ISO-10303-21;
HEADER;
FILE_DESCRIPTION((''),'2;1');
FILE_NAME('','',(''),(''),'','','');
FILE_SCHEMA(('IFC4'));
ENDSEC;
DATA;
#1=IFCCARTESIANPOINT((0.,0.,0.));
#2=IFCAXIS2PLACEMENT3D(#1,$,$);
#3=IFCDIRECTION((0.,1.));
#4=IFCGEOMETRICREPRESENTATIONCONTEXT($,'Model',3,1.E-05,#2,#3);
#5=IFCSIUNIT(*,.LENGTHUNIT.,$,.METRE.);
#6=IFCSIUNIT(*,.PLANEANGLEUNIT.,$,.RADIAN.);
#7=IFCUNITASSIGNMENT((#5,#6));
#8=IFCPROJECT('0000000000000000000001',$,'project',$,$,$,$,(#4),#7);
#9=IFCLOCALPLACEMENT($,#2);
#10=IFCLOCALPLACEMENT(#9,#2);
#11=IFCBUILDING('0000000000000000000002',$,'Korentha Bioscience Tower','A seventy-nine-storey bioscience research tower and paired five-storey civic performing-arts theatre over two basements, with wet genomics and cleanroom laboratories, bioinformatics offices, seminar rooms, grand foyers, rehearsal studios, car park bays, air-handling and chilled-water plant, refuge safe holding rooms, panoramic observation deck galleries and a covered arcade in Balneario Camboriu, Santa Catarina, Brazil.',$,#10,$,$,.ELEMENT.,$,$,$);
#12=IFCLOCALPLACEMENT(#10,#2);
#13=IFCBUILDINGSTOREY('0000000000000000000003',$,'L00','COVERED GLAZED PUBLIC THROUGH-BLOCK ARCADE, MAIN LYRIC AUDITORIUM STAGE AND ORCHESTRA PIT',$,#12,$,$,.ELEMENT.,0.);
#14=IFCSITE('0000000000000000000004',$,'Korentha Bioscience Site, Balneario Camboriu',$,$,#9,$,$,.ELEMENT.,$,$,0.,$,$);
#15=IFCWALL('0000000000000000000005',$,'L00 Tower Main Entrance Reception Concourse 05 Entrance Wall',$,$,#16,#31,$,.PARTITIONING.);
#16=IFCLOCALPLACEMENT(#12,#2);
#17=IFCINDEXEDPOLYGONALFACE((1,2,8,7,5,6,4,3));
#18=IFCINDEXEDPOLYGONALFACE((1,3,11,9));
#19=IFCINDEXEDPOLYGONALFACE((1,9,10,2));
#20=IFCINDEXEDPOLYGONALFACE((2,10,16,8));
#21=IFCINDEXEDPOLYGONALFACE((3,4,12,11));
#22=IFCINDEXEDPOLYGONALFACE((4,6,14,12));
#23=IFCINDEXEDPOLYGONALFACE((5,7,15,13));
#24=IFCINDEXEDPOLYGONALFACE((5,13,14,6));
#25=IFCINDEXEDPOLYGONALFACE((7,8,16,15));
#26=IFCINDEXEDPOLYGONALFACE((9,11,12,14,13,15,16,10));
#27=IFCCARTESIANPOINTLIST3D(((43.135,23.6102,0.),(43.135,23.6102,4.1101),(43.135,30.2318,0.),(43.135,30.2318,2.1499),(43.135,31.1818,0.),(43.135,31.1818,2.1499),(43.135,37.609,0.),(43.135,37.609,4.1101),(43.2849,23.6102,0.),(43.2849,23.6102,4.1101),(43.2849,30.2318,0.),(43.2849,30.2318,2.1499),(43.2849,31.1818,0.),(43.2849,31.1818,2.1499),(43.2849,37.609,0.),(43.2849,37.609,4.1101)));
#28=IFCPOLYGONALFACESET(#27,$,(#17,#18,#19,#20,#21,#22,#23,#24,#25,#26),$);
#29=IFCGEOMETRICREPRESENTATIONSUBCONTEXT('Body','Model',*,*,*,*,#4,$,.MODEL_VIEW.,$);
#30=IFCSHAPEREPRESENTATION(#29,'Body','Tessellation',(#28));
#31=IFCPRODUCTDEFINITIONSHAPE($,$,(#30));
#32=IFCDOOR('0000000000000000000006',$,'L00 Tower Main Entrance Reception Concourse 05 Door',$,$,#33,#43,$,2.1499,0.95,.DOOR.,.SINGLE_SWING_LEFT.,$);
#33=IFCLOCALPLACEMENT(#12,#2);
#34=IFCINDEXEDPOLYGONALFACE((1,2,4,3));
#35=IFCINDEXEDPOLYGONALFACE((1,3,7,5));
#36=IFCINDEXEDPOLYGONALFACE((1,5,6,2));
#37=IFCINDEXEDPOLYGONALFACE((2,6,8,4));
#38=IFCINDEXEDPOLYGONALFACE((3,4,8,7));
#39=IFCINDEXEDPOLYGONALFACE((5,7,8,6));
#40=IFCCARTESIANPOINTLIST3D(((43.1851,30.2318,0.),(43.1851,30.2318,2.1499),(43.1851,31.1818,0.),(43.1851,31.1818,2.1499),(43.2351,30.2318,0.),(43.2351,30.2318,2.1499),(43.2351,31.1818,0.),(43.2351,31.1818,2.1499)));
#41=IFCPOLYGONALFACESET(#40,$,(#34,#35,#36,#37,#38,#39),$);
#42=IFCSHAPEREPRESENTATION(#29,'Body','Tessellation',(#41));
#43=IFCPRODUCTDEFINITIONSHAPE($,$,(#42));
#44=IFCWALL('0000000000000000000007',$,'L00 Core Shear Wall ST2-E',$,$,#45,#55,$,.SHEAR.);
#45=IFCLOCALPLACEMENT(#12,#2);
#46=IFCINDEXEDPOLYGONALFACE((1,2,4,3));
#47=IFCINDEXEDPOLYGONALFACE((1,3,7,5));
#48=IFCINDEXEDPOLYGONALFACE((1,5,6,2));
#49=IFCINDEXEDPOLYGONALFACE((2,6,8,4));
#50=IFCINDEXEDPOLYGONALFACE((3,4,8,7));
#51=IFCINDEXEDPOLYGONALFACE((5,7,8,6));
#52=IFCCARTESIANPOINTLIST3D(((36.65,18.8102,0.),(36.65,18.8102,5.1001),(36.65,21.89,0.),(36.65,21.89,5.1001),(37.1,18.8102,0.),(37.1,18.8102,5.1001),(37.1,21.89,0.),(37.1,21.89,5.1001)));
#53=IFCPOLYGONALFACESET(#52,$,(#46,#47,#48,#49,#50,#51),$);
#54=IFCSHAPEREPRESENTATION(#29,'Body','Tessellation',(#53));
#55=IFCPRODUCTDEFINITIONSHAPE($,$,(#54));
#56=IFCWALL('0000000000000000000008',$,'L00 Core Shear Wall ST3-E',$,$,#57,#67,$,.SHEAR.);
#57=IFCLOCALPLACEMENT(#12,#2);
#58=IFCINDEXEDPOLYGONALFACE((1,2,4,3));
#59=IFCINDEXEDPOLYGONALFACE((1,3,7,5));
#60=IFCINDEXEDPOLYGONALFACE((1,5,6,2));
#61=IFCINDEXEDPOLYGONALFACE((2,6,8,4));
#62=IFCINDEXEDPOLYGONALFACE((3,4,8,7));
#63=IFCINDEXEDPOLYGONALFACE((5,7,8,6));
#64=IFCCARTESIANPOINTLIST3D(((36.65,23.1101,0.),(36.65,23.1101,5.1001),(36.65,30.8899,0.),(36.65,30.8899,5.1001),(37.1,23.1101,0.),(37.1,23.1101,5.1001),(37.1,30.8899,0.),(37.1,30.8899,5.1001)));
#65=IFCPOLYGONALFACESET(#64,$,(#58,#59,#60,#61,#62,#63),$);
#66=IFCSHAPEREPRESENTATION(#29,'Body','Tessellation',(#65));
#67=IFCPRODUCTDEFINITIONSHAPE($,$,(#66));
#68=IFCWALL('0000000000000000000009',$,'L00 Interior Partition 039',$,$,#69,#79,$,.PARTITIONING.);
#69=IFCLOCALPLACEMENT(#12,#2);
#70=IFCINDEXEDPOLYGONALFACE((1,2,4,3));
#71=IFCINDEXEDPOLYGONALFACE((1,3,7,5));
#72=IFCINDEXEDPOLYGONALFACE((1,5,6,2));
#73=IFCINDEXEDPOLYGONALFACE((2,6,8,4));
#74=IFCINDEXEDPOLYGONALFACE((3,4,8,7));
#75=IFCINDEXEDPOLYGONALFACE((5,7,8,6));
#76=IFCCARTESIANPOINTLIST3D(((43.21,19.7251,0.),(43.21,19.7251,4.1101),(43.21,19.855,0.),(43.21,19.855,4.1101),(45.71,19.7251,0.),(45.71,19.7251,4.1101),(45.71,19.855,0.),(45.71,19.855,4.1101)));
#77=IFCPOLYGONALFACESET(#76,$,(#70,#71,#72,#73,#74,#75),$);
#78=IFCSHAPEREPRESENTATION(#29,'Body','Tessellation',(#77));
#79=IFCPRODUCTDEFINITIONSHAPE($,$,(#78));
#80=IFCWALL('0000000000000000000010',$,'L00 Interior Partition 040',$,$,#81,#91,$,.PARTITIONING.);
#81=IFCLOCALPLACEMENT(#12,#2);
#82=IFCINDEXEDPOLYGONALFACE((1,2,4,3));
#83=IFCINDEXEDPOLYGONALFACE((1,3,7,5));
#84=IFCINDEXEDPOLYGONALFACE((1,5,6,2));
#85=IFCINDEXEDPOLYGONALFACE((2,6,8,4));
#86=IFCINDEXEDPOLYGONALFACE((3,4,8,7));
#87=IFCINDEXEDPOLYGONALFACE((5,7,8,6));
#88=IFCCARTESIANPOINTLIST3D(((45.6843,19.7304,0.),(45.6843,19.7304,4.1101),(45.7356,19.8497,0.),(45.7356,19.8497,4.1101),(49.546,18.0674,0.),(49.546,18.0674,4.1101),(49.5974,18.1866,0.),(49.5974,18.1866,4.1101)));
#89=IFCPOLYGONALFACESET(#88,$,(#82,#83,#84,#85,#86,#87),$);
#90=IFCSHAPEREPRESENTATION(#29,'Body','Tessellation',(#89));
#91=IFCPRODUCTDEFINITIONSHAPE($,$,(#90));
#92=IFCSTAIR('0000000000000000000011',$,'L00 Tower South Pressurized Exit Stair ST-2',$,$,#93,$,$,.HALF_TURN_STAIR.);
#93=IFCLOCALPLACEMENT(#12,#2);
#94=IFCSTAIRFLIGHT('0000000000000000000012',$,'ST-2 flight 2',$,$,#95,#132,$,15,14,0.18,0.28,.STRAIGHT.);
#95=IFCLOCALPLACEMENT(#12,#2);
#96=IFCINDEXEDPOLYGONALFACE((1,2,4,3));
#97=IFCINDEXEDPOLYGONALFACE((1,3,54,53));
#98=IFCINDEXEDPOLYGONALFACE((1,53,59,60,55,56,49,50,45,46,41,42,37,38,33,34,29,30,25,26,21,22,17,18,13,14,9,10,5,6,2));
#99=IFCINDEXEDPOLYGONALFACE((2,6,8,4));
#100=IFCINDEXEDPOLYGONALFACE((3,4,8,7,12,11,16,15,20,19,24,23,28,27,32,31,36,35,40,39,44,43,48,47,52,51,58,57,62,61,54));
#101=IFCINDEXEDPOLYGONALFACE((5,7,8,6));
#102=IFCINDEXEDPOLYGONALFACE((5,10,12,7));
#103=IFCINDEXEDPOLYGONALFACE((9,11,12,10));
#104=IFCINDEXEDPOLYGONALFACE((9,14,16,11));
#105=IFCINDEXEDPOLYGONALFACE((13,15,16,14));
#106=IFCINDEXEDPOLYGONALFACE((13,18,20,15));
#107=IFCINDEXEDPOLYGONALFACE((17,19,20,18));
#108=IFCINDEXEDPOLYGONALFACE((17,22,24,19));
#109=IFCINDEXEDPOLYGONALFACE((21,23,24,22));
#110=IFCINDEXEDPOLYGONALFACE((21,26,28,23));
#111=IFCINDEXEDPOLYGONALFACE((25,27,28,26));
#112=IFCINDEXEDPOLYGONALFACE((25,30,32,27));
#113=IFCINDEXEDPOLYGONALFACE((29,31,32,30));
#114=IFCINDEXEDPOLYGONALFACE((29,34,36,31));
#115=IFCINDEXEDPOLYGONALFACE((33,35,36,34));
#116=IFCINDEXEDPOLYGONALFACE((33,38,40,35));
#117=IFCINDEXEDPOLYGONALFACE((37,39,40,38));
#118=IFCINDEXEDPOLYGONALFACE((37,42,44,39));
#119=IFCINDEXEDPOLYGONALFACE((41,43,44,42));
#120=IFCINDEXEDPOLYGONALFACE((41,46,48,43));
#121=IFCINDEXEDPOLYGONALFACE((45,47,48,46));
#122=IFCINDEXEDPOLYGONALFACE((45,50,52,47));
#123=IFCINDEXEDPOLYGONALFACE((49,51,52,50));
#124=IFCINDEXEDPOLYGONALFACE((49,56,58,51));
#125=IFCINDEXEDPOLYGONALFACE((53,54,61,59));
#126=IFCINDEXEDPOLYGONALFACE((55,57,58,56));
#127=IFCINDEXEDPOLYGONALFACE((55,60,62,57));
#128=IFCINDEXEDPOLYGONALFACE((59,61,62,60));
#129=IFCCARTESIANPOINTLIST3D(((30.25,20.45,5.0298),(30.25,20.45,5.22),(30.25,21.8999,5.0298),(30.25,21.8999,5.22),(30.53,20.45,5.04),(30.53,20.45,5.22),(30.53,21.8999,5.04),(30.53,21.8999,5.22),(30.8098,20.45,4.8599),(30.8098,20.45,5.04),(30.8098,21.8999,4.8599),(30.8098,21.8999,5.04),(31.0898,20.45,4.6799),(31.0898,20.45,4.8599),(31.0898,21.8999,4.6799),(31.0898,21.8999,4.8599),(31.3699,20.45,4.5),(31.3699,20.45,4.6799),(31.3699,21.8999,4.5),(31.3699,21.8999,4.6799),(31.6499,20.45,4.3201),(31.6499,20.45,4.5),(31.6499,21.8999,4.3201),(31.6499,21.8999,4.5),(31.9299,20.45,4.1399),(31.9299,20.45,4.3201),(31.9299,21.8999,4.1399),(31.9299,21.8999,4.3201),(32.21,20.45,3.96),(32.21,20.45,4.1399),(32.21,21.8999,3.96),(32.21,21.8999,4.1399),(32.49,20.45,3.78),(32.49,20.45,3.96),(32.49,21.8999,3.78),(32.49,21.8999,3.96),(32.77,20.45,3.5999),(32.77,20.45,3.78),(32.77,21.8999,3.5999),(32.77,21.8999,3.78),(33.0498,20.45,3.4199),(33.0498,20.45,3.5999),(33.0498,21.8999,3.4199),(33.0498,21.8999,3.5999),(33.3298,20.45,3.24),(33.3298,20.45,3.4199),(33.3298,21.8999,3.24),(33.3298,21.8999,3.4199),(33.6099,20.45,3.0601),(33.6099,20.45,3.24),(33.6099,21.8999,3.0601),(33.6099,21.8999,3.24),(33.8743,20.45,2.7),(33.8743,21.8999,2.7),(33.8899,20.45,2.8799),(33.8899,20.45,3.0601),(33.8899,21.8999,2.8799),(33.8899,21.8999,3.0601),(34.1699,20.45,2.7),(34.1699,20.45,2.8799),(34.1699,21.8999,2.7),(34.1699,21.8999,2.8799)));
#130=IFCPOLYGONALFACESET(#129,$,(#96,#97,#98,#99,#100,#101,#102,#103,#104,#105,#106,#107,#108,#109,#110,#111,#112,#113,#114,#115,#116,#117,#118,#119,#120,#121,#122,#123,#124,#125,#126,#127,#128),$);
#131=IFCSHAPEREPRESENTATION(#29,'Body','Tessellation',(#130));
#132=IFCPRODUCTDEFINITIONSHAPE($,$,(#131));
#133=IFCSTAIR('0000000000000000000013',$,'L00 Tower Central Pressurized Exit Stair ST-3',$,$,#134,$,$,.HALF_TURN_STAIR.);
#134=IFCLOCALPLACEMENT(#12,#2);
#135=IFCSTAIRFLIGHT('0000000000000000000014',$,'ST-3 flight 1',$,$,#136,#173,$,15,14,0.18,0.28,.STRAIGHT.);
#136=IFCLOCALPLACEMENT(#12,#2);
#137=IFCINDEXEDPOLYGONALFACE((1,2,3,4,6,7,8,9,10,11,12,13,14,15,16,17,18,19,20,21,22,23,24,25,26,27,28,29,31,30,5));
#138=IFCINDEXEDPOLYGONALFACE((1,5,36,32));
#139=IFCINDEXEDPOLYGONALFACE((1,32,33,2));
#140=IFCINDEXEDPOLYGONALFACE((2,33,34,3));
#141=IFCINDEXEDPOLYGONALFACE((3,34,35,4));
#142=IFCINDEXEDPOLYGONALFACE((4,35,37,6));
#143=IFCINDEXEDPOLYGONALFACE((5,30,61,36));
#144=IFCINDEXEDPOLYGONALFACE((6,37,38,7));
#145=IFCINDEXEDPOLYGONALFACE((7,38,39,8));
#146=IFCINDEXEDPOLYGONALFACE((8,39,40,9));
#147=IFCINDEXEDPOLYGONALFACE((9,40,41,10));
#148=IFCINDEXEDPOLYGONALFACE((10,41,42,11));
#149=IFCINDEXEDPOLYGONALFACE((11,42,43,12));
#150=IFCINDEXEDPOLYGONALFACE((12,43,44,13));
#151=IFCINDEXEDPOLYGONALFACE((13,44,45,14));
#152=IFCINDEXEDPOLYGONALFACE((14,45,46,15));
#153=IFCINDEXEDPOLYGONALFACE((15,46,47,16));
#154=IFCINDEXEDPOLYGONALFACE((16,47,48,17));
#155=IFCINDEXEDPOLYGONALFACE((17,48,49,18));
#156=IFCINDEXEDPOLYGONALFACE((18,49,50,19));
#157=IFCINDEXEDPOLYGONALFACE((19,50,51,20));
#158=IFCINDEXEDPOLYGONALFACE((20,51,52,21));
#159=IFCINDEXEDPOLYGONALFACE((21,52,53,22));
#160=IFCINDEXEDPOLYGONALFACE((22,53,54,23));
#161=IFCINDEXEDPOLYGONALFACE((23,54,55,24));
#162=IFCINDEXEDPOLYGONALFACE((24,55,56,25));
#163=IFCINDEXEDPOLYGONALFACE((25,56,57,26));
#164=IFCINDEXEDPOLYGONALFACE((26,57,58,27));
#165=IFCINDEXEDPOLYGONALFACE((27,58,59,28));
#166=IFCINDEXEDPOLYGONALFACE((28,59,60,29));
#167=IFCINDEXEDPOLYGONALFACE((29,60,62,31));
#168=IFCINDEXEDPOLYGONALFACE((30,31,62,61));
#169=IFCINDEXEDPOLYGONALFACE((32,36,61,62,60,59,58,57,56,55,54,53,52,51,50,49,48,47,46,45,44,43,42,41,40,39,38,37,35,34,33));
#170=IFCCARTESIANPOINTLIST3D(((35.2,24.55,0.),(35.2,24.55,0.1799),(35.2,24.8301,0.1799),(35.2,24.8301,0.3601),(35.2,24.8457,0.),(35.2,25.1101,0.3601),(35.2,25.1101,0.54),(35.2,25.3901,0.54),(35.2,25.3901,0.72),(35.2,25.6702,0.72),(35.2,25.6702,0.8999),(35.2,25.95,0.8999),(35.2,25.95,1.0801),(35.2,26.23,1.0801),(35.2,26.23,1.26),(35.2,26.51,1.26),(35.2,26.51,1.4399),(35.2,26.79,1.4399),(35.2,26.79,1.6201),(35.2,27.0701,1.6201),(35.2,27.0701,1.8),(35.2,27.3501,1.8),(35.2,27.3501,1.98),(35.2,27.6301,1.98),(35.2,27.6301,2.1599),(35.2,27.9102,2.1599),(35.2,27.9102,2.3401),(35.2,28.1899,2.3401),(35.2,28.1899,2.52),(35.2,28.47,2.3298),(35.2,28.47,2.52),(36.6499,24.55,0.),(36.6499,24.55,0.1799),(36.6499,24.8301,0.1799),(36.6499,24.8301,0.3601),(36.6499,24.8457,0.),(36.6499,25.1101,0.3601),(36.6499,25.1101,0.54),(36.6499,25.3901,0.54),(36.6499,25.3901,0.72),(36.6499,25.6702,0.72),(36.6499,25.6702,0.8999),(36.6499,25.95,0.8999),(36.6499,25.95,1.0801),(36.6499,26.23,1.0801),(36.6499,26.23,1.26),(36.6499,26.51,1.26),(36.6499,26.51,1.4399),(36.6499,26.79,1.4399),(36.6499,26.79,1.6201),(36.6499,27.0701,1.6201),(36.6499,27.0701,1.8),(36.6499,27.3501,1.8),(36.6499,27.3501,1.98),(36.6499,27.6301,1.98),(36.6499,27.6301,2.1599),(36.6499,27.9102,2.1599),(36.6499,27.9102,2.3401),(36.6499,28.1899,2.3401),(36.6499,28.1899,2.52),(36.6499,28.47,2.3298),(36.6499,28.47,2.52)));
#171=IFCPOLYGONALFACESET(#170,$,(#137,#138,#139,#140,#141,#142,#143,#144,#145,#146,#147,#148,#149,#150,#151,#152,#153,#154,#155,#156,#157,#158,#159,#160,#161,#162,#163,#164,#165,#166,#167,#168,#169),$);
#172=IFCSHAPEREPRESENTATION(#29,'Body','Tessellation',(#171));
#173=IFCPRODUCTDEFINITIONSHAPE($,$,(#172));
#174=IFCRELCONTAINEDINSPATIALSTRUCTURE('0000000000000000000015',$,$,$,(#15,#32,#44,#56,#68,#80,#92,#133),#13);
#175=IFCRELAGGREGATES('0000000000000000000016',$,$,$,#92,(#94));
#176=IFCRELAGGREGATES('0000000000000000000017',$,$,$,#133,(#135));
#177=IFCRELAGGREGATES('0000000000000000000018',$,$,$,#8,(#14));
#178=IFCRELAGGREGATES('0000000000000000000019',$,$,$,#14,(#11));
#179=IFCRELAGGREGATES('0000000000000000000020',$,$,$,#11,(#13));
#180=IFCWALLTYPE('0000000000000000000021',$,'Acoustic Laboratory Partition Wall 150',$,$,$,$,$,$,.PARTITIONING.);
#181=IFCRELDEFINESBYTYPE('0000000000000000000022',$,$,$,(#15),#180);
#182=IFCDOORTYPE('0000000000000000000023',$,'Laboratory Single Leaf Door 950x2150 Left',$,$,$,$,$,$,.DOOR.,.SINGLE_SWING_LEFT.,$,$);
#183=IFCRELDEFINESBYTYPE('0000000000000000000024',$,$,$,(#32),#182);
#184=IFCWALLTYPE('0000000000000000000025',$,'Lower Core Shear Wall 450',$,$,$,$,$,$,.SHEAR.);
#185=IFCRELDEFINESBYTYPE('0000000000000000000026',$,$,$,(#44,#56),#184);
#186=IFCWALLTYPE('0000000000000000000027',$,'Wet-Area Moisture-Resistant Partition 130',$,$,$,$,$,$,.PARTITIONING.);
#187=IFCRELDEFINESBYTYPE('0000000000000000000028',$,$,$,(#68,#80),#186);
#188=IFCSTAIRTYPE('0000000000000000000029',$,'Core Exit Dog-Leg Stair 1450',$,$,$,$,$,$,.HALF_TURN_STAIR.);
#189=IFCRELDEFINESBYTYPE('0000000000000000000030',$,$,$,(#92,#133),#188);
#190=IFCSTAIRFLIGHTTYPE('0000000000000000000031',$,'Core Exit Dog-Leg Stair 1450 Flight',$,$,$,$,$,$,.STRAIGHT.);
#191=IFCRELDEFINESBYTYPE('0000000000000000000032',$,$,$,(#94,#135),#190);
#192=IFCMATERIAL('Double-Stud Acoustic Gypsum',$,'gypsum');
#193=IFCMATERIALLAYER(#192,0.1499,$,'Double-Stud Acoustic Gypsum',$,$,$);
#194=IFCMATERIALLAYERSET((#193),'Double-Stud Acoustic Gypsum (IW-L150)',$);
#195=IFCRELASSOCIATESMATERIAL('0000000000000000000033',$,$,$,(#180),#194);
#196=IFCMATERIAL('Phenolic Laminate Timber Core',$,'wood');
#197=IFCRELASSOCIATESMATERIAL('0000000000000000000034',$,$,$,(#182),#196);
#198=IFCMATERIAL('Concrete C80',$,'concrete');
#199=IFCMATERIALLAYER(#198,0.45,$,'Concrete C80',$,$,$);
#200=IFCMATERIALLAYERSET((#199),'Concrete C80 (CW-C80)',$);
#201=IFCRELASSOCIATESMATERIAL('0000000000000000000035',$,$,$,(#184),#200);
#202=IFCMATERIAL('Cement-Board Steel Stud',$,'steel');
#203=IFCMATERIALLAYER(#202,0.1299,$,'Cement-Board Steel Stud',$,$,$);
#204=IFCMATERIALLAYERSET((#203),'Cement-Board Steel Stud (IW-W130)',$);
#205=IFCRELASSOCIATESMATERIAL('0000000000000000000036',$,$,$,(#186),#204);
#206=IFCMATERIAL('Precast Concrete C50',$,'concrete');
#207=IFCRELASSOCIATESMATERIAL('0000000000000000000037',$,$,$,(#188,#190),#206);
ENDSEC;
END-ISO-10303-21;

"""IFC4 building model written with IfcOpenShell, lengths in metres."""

from ifc_helpers import new_model, si_unit, direction, frame, frame_2d, origin, place, context, subcontext, project, spatial, polyline, rectangle, outline, extrude, material, layer, layer_set, type_object, element, fill, aggregate, save


model = new_model("IFC4")

# Units and contexts
model_context = context("Model", 3, precision=1e-05, world=origin(), true_north=direction((0.0, 1.0)))
body_context = subcontext(model_context, "Body", "Model", "MODEL_VIEW")
ifc_project = project(units=[si_unit("LENGTHUNIT", "METRE"), si_unit("PLANEANGLEUNIT", "RADIAN")], contexts=[model_context])

# Site, building, storey
site_placement = place(None, origin())
site = spatial("IfcSite", under=ifc_project, at=site_placement, Name="Korentha Bioscience Site, Balneario Camboriu", CompositionType="ELEMENT", RefElevation=0.0)
building_placement = place(site_placement, origin())
building = spatial("IfcBuilding", under=site, at=building_placement, Name="Korentha Bioscience Tower", Description="A seventy-nine-storey bioscience research tower and paired five-storey civic performing-arts theatre over two basements, with wet genomics and cleanroom laboratories, bioinformatics offices, seminar rooms, grand foyers, rehearsal studios, car park bays, air-handling and chilled-water plant, refuge safe holding rooms, panoramic observation deck galleries and a covered arcade in Balneario Camboriu, Santa Catarina, Brazil.", CompositionType="ELEMENT")
storey_placement = place(building_placement, origin())
storey = spatial("IfcBuildingStorey", under=building, at=storey_placement, Name="L00", Description="COVERED GLAZED PUBLIC THROUGH-BLOCK ARCADE, MAIN LYRIC AUDITORIUM STAGE AND ORCHESTRA PIT", CompositionType="ELEMENT", Elevation=0.0)

# Shared definitions
ifc_material_1 = material(Name="Concrete C80", Category="concrete")

# Wall, opening, door
ifc_material_2 = material(Name="Double-Stud Acoustic Gypsum", Category="gypsum")
ifc_layer_1 = layer(ifc_material_2, 0.1499, Name="Double-Stud Acoustic Gypsum")
ifc_layer_set_1 = layer_set([ifc_layer_1], Name="Double-Stud Acoustic Gypsum (IW-L150)")
wall_type_1 = type_object("IfcWallType", Name="Acoustic Laboratory Partition Wall 150", PredefinedType="PARTITIONING", material=ifc_layer_set_1)
wall_1_placement = place(storey_placement, frame((43.21, 23.6101, 0.0), z_axis=(0.0, 0.0, 1.0), x_axis=(0.0, 1.0, 0.0)))
wall_1 = element("IfcWall", 1, at=wall_1_placement, inside=storey, type_object=wall_type_1, Name="L00 Tower Main Entrance Reception Concourse 05 Entrance Wall", PredefinedType="PARTITIONING", context=body_context, shape_type="SweptSolid", body=[
    extrude(rectangle(XDim=13.9988, YDim=0.1499, at=frame_2d((6.9995, 0.0))), origin(), (0.0, 0.0, 1.0), 4.1101),
])
opening_placement = place(wall_1_placement, frame((6.6216, 0.0, 0.0)))
opening = element("IfcOpeningElement", 2, at=opening_placement, cuts=wall_1, PredefinedType="OPENING", context=body_context, shape_type="SweptSolid", body=[
    extrude(rectangle(XDim=0.95, YDim=2.1499, at=frame_2d((0.4751, 1.075))), frame((0.0, 0.0898, 0.0), z_axis=(0.0, -1.0, 0.0), x_axis=(1.0, 0.0, 0.0)), (0.0, 0.0, 1.0), 0.1797),
])
ifc_material_3 = material(Name="Phenolic Laminate Timber Core", Category="wood")
door_type = type_object("IfcDoorType", Name="Laboratory Single Leaf Door 950x2150 Left", OperationType="SINGLE_SWING_LEFT", PredefinedType="DOOR", material=ifc_material_3)
door_placement = place(opening_placement, origin())
door = element("IfcDoor", 3, at=door_placement, inside=storey, type_object=door_type, Name="L00 Tower Main Entrance Reception Concourse 05 Door", OperationType="SINGLE_SWING_LEFT", OverallHeight=2.1499, OverallWidth=0.95, PredefinedType="DOOR", context=body_context, shape_type="SweptSolid", body=[
    extrude(rectangle(XDim=0.95, YDim=2.1499, at=frame_2d((0.4751, 1.075))), frame((0.0, 0.0249, 0.0), z_axis=(0.0, -1.0, 0.0), x_axis=(1.0, 0.0, 0.0)), (0.0, 0.0, 1.0), 0.05),
])
fill(opening, door)

# Walls
ifc_layer_2 = layer(ifc_material_1, 0.45, Name="Concrete C80")
ifc_layer_set_2 = layer_set([ifc_layer_2], Name="Concrete C80 (CW-C80)")
wall_type_2 = type_object("IfcWallType", Name="Lower Core Shear Wall 450", PredefinedType="SHEAR", material=ifc_layer_set_2)
wall_2_placement = place(storey_placement, frame((36.875, 18.8101, 0.0), z_axis=(0.0, 0.0, 1.0), x_axis=(0.0, 1.0, 0.0)))
element("IfcWall", 4, at=wall_2_placement, inside=storey, type_object=wall_type_2, Name="L00 Core Shear Wall ST2-E", PredefinedType="SHEAR", context=body_context, shape_type="SweptSolid", body=[
    extrude(rectangle(XDim=3.0798, YDim=0.45, at=frame_2d((1.54, 0.0))), origin(), (0.0, 0.0, 1.0), 5.1001),
])
wall_3_placement = place(storey_placement, frame((36.875, 23.1101, 0.0), z_axis=(0.0, 0.0, 1.0), x_axis=(0.0, 1.0, 0.0)))
element("IfcWall", 5, at=wall_3_placement, inside=storey, type_object=wall_type_2, Name="L00 Core Shear Wall ST3-E", PredefinedType="SHEAR", context=body_context, shape_type="SweptSolid", body=[
    extrude(rectangle(XDim=7.7798, YDim=0.45, at=frame_2d((3.8899, 0.0))), origin(), (0.0, 0.0, 1.0), 5.1001),
])
ifc_material_4 = material(Name="Cement-Board Steel Stud", Category="steel")
ifc_layer_3 = layer(ifc_material_4, 0.1299, Name="Cement-Board Steel Stud")
ifc_layer_set_3 = layer_set([ifc_layer_3], Name="Cement-Board Steel Stud (IW-W130)")
wall_type_3 = type_object("IfcWallType", Name="Wet-Area Moisture-Resistant Partition 130", PredefinedType="PARTITIONING", material=ifc_layer_set_3)
wall_4_placement = place(storey_placement, frame((43.21, 19.79, 0.0), z_axis=(0.0, 0.0, 1.0), x_axis=(1.0, 0.0, 0.0)))
element("IfcWall", 6, at=wall_4_placement, inside=storey, type_object=wall_type_3, Name="L00 Interior Partition 039", PredefinedType="PARTITIONING", context=body_context, shape_type="SweptSolid", body=[
    extrude(rectangle(XDim=2.5, YDim=0.1299, at=frame_2d((1.25, 0.0))), origin(), (0.0, 0.0, 1.0), 4.1101),
])
wall_5_placement = place(storey_placement, frame((45.71, 19.79, 0.0), z_axis=(0.0, 0.0, 1.0), x_axis=(0.918453, -0.39553, 0.0)))
element("IfcWall", 7, at=wall_5_placement, inside=storey, type_object=wall_type_3, Name="L00 Interior Partition 040", PredefinedType="PARTITIONING", context=body_context, shape_type="SweptSolid", body=[
    extrude(rectangle(XDim=4.2046, YDim=0.1299, at=frame_2d((2.1023, 0.0))), origin(), (0.0, 0.0, 1.0), 4.1101),
])

# Stairs, stair flights
ifc_material_5 = material(Name="Precast Concrete C50", Category="concrete")
stair_type = type_object("IfcStairType", Name="Core Exit Dog-Leg Stair 1450", PredefinedType="HALF_TURN_STAIR", material=ifc_material_5)
stair_1_placement = place(storey_placement, origin())
stair_1 = element("IfcStair", 8, at=stair_1_placement, inside=storey, type_object=stair_type, Name="L00 Tower South Pressurized Exit Stair ST-2", PredefinedType="HALF_TURN_STAIR")
stair_flight_type = type_object("IfcStairFlightType", Name="Core Exit Dog-Leg Stair 1450 Flight", PredefinedType="STRAIGHT", material=ifc_material_5)
stair_flight_1_placement = place(storey_placement, frame((34.1699, 21.175, 2.7), z_axis=(0.0, 0.0, 1.0), x_axis=(-1.0, 0.0, 0.0)))
stair_flight_1 = element("IfcStairFlight", 9, at=stair_flight_1_placement, type_object=stair_flight_type, Name="ST-2 flight 2", NumberOfRisers=15, NumberOfTreads=14, PredefinedType="STRAIGHT", RiserHeight=0.18, TreadLength=0.28, context=body_context, shape_type="SweptSolid", body=[
    extrude(outline(polyline([(0.0, 0.0), (0.0, 0.1799), (0.28, 0.1799), (0.28, 0.3601), (0.5601, 0.3601), (0.5601, 0.54), (0.8401, 0.54), (0.8401, 0.72), (1.1201, 0.72), (1.1201, 0.8999), (1.3999, 0.8999), (1.3999, 1.0801), (1.6799, 1.0801), (1.6799, 1.26), (1.96, 1.26), (1.96, 1.4399), (2.24, 1.4399), (2.24, 1.6201), (2.52, 1.6201), (2.52, 1.8), (2.8, 1.8), (2.8, 1.98), (3.0801, 1.98), (3.0801, 2.1599), (3.3601, 2.1599), (3.3601, 2.3401), (3.6399, 2.3401), (3.6399, 2.52), (3.9199, 2.52), (3.9199, 2.7), (3.9199, 2.3298), (0.2957, 0.0), (0.0, 0.0)])), frame((0.0, 0.7251, 0.0), z_axis=(0.0, -1.0, 0.0), x_axis=(1.0, 0.0, 0.0)), (0.0, 0.0, 1.0), 1.45),
])
aggregate(stair_1, [stair_flight_1])
stair_2_placement = place(storey_placement, origin())
stair_2 = element("IfcStair", 10, at=stair_2_placement, inside=storey, type_object=stair_type, Name="L00 Tower Central Pressurized Exit Stair ST-3", PredefinedType="HALF_TURN_STAIR")
stair_flight_2_placement = place(storey_placement, frame((35.925, 24.55, 0.0), z_axis=(0.0, 0.0, 1.0), x_axis=(0.0, 1.0, 0.0)))
stair_flight_2 = element("IfcStairFlight", 11, at=stair_flight_2_placement, type_object=stair_flight_type, Name="ST-3 flight 1", NumberOfRisers=15, NumberOfTreads=14, PredefinedType="STRAIGHT", RiserHeight=0.18, TreadLength=0.28, context=body_context, shape_type="SweptSolid", body=[
    extrude(outline(polyline([(0.0, 0.0), (0.0, 0.1799), (0.28, 0.1799), (0.28, 0.3601), (0.5601, 0.3601), (0.5601, 0.54), (0.8401, 0.54), (0.8401, 0.72), (1.1201, 0.72), (1.1201, 0.8999), (1.3999, 0.8999), (1.3999, 1.0801), (1.6799, 1.0801), (1.6799, 1.26), (1.96, 1.26), (1.96, 1.4399), (2.24, 1.4399), (2.24, 1.6201), (2.52, 1.6201), (2.52, 1.8), (2.8, 1.8), (2.8, 1.98), (3.0801, 1.98), (3.0801, 2.1599), (3.3601, 2.1599), (3.3601, 2.3401), (3.6399, 2.3401), (3.6399, 2.52), (3.9199, 2.52), (3.9199, 2.7), (3.9199, 2.3298), (0.2957, 0.0), (0.0, 0.0)])), frame((0.0, 0.7251, 0.0), z_axis=(0.0, -1.0, 0.0), x_axis=(1.0, 0.0, 0.0)), (0.0, 0.0, 1.0), 1.45),
])
aggregate(stair_2, [stair_flight_2])

save(model, "model.ifc")
